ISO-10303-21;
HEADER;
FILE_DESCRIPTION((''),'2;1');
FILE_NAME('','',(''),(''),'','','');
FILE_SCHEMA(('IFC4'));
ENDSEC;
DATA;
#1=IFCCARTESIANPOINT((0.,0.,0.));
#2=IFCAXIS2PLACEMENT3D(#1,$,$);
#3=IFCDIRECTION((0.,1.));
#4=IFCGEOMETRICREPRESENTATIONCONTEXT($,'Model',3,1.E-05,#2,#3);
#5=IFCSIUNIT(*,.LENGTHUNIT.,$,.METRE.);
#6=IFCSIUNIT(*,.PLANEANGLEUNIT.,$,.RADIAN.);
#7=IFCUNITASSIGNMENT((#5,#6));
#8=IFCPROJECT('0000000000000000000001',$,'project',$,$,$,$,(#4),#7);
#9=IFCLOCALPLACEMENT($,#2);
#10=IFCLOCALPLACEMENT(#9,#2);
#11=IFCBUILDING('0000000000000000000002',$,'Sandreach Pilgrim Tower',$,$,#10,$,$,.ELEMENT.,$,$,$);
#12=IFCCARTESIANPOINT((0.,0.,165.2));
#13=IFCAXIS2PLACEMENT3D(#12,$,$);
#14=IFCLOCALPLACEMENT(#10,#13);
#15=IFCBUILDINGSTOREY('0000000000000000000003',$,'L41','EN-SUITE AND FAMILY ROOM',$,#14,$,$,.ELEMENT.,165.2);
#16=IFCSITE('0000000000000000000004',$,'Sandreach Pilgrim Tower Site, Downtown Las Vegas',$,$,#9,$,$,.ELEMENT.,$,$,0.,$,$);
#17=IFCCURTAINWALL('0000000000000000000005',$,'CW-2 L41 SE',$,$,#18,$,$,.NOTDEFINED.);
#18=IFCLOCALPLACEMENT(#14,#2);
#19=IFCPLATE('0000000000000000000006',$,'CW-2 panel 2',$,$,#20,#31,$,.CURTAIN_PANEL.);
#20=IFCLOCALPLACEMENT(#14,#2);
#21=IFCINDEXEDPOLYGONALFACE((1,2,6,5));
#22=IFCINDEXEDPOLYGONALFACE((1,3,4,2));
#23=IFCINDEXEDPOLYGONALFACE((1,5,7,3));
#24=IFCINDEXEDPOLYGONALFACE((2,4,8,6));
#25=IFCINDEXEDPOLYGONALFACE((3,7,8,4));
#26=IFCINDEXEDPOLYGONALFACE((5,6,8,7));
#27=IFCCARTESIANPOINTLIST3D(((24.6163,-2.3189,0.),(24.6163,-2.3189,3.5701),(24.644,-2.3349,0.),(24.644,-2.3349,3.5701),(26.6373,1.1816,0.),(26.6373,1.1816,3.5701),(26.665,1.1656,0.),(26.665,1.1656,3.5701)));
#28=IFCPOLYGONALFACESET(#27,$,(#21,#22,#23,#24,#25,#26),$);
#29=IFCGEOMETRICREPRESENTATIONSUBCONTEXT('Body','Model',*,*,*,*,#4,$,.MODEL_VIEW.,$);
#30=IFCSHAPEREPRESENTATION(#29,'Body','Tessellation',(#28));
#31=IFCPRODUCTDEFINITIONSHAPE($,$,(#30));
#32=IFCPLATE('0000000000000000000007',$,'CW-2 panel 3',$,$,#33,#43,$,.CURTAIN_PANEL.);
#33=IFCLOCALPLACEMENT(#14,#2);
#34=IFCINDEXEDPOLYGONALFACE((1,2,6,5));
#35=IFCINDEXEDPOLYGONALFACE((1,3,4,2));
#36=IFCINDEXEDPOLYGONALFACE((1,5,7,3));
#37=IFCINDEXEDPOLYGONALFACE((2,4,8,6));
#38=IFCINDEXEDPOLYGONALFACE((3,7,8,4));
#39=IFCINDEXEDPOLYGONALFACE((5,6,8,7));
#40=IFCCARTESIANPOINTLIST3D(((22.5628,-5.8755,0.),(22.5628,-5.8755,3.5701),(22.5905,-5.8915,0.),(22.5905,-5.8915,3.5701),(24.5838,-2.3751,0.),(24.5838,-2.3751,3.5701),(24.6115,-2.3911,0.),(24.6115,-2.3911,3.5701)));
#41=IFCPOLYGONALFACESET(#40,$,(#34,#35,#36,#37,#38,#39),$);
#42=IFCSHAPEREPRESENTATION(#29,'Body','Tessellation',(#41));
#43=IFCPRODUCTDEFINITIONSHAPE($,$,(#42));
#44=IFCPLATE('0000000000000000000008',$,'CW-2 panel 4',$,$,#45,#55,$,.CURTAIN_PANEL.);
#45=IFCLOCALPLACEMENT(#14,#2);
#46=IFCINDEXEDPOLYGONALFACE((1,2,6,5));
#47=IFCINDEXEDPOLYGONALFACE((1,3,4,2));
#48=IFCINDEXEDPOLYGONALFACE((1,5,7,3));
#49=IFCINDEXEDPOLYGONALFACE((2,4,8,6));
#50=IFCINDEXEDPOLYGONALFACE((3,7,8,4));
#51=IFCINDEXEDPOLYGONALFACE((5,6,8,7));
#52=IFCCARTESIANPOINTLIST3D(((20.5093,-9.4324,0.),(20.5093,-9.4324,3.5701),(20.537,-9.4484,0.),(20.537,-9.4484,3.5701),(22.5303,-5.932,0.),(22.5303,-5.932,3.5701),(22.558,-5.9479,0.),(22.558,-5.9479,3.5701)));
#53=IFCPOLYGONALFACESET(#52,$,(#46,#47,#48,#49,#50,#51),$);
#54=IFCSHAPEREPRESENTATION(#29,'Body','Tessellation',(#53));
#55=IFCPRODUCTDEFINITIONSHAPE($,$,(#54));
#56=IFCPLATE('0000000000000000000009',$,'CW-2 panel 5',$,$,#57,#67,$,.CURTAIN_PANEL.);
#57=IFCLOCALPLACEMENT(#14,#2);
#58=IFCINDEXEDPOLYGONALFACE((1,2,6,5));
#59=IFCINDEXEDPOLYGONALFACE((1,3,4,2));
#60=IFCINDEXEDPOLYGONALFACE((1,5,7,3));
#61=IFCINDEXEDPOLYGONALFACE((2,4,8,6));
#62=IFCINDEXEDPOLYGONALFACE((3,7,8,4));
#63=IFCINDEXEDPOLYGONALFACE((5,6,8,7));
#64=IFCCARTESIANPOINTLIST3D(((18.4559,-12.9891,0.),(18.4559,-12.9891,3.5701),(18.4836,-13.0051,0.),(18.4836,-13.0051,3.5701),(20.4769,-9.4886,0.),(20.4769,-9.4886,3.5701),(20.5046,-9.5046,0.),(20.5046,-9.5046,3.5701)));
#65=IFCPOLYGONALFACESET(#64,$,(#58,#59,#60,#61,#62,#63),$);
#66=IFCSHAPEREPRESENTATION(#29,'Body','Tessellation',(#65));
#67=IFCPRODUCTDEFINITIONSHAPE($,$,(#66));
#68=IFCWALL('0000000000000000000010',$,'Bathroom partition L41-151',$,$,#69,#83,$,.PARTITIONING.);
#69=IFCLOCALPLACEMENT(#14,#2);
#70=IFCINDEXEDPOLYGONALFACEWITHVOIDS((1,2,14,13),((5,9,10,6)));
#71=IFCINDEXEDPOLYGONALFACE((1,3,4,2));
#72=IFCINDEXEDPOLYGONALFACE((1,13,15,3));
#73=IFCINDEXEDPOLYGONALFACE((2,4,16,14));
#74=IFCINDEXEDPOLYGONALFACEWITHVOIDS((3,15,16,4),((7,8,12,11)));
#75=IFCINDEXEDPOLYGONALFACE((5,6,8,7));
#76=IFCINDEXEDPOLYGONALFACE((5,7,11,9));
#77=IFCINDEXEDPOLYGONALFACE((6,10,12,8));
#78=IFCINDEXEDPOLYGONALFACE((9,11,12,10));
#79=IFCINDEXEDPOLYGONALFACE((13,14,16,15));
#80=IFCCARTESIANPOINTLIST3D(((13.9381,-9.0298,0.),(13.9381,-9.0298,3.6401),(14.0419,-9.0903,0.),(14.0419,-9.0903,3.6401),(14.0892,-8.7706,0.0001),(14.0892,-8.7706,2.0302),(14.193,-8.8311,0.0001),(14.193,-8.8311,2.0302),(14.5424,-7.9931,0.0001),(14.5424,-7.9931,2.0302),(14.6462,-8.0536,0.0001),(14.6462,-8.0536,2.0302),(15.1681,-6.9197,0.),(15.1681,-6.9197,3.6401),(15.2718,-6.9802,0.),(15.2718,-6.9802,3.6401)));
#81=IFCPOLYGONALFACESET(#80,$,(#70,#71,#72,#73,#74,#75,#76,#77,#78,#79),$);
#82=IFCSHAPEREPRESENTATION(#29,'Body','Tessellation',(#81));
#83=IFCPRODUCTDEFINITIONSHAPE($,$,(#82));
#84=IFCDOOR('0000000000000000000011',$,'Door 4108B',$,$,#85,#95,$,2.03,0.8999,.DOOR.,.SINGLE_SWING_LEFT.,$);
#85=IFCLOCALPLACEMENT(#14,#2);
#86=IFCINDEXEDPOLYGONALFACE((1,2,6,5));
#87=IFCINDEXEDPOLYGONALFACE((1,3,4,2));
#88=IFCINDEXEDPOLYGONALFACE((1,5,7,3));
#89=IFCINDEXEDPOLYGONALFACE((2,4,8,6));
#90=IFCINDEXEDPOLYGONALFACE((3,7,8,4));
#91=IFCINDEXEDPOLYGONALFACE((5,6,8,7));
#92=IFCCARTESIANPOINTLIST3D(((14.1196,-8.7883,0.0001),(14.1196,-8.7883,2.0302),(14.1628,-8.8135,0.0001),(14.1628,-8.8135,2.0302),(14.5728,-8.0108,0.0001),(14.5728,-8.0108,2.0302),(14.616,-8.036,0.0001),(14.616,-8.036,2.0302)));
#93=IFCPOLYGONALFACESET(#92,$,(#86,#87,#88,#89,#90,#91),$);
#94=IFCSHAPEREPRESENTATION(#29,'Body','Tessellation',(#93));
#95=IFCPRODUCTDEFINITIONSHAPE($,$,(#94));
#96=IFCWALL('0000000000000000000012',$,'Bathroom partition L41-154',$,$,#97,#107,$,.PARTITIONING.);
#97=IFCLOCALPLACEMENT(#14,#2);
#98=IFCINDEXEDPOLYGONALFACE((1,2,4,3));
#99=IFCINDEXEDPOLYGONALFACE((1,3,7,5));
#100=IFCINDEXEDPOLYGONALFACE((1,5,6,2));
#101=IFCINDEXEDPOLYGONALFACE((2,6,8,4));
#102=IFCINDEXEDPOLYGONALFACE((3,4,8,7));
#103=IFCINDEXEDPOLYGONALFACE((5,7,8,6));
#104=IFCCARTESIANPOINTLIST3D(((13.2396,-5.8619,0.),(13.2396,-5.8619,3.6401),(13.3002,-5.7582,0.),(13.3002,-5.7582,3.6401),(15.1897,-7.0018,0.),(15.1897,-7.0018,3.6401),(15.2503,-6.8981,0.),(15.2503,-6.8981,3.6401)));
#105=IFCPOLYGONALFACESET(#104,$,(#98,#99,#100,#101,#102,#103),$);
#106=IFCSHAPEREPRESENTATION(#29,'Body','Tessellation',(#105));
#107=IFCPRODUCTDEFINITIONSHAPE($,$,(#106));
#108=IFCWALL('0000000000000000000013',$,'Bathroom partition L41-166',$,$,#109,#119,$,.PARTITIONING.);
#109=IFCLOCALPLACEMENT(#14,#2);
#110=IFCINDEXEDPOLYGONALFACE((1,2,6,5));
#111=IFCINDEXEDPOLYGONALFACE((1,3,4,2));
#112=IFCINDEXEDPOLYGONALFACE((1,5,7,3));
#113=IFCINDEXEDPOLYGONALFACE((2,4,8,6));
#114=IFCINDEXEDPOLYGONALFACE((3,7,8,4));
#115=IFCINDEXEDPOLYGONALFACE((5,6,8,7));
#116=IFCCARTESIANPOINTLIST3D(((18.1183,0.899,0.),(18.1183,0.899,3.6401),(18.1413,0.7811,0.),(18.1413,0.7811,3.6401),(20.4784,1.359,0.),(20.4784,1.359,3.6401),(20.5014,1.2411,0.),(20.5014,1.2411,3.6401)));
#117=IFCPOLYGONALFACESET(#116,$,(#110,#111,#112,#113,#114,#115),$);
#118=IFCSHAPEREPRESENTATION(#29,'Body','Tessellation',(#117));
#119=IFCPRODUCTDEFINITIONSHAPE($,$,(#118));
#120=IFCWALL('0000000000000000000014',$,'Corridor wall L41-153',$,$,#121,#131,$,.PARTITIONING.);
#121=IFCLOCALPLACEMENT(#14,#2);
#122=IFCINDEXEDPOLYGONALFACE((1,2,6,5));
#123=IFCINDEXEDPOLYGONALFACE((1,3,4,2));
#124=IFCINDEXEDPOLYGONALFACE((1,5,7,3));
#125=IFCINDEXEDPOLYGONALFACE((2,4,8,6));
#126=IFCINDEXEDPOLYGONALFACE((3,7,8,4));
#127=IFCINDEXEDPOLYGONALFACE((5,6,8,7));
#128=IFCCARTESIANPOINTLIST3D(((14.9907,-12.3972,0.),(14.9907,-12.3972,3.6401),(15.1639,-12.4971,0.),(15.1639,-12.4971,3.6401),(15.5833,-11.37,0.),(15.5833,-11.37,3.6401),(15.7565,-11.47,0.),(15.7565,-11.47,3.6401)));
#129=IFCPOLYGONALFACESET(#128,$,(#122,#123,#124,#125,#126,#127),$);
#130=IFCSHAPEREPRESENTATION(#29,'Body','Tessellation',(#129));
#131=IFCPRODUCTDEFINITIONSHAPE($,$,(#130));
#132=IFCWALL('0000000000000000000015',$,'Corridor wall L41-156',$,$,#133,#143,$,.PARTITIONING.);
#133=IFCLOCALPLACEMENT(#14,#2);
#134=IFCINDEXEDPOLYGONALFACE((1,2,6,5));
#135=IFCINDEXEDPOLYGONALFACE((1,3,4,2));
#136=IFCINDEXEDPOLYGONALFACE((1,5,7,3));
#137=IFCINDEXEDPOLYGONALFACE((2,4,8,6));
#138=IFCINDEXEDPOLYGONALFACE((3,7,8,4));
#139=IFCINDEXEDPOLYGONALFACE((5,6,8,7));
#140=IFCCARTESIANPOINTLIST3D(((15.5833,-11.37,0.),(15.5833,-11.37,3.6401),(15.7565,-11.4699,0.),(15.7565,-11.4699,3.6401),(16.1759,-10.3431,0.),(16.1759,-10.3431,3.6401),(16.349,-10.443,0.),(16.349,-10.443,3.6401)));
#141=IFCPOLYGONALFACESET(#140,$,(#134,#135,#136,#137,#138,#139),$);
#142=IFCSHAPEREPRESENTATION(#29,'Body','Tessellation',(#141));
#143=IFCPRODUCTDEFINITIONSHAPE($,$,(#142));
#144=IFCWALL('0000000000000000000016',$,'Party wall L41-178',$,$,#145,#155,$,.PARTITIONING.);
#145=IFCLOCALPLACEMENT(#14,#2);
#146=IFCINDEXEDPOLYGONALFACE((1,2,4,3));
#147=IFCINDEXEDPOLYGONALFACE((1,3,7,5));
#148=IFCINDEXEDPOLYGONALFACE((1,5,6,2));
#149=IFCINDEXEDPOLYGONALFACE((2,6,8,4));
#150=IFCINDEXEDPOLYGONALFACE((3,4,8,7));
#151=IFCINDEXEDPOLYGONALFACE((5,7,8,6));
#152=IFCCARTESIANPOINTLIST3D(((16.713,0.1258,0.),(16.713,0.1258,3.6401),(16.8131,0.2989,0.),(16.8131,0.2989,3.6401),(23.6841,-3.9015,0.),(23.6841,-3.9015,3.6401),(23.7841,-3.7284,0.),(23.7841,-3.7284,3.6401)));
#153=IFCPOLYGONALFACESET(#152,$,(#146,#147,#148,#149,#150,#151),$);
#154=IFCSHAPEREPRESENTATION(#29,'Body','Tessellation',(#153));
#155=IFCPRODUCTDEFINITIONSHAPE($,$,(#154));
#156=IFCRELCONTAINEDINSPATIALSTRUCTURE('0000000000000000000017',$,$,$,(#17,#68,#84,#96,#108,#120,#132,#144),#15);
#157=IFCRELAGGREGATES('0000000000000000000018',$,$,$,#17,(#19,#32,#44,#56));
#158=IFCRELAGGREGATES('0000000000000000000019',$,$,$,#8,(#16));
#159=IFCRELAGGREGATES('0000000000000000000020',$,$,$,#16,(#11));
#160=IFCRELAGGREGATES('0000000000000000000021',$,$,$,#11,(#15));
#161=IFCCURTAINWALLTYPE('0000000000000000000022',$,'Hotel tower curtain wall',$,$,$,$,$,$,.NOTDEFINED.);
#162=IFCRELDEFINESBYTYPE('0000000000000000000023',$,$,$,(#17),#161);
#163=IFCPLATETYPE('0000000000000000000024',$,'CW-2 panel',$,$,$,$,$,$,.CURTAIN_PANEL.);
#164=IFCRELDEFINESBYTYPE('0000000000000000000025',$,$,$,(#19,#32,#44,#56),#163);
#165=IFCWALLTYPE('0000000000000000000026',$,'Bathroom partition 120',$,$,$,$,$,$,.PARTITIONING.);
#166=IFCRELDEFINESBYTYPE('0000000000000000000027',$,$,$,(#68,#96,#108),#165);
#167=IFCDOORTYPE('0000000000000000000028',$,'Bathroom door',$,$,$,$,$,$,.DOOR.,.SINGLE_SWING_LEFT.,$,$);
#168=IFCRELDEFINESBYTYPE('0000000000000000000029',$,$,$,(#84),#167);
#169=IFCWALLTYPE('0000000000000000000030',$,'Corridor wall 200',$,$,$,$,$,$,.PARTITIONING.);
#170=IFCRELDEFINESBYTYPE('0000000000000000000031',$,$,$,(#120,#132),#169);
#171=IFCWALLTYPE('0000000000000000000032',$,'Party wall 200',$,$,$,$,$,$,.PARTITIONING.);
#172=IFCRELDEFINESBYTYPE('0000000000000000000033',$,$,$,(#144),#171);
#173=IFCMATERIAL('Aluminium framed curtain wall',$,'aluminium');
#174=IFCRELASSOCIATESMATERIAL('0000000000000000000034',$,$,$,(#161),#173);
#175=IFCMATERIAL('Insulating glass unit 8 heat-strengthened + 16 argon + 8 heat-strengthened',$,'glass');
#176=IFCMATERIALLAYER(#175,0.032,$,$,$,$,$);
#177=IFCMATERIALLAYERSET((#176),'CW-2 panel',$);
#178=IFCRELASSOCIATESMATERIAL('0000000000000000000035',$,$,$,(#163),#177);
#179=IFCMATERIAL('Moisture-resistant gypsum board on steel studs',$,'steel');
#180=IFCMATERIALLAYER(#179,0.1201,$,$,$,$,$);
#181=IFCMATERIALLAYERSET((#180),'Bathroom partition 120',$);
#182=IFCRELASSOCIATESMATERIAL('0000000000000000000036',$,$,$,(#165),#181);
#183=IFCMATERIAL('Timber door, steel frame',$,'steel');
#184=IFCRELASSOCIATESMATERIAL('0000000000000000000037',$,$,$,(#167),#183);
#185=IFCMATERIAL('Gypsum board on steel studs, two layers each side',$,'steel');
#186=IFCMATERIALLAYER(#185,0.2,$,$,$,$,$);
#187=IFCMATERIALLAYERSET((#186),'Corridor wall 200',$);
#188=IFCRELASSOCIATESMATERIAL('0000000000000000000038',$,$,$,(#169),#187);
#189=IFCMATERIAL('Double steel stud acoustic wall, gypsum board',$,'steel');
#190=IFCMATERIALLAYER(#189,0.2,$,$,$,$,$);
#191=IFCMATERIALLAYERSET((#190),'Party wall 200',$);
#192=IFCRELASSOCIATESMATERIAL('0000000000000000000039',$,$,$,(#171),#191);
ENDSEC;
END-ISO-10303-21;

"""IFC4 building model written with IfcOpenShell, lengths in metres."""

from ifc_helpers import new_model, si_unit, direction, frame, frame_2d, origin, origin_2d, place, context, subcontext, project, spatial, rectangle, extrude, material, layer, layer_set, type_object, element, fill, aggregate, save


model = new_model("IFC4")

# Units and contexts
model_context = context("Model", 3, precision=1e-05, world=origin(), true_north=direction((0.0, 1.0)))
body_context = subcontext(model_context, "Body", "Model", "MODEL_VIEW")
ifc_project = project(units=[si_unit("LENGTHUNIT", "METRE"), si_unit("PLANEANGLEUNIT", "RADIAN")], contexts=[model_context])

# Site, building, storey
site_placement = place(None, origin())
site = spatial("IfcSite", under=ifc_project, at=site_placement, Name="Sandreach Pilgrim Tower Site, Downtown Las Vegas", CompositionType="ELEMENT", RefElevation=0.0)
building_placement = place(site_placement, origin())
building = spatial("IfcBuilding", under=site, at=building_placement, Name="Sandreach Pilgrim Tower", CompositionType="ELEMENT")
storey_placement = place(building_placement, frame((0.0, 0.0, 165.2)))
storey = spatial("IfcBuildingStorey", under=building, at=storey_placement, Name="L41", Description="EN-SUITE AND FAMILY ROOM", CompositionType="ELEMENT", Elevation=165.2)

# Curtain wall
ifc_material_1 = material(Name="Aluminium framed curtain wall", Category="aluminium")
curtain_wall_type = type_object("IfcCurtainWallType", Name="Hotel tower curtain wall", PredefinedType="NOTDEFINED", material=ifc_material_1)
curtain_wall_placement = place(storey_placement, origin())
curtain_wall = element("IfcCurtainWall", 1, at=curtain_wall_placement, inside=storey, type_object=curtain_wall_type, Name="CW-2 L41 SE", PredefinedType="NOTDEFINED")

# Plates
ifc_material_2 = material(Name="Insulating glass unit 8 heat-strengthened + 16 argon + 8 heat-strengthened", Category="glass")
ifc_layer_1 = layer(ifc_material_2, 0.032)
ifc_layer_set_1 = layer_set([ifc_layer_1], Name="CW-2 panel")
plate_type = type_object("IfcPlateType", Name="CW-2 panel", PredefinedType="CURTAIN_PANEL", material=ifc_layer_set_1)
plate_1_placement = place(storey_placement, frame((25.6406, -0.5767, 0.0), z_axis=(0.0, 0.0, 1.0), x_axis=(-0.5, -0.866025, 0.0)))
plate_1 = element("IfcPlate", 2, at=plate_1_placement, type_object=plate_type, Name="CW-2 panel 2", PredefinedType="CURTAIN_PANEL", context=body_context, shape_type="SweptSolid", body=[
    extrude(rectangle(XDim=4.042, YDim=0.032, at=origin_2d()), origin(), (0.0, 0.0, 1.0), 3.5701),
])
plate_2_placement = place(storey_placement, frame((23.5872, -4.1333, 0.0), z_axis=(0.0, 0.0, 1.0), x_axis=(-0.5, -0.866025, 0.0)))
plate_2 = element("IfcPlate", 3, at=plate_2_placement, type_object=plate_type, Name="CW-2 panel 3", PredefinedType="CURTAIN_PANEL", context=body_context, shape_type="SweptSolid", body=[
    extrude(rectangle(XDim=4.042, YDim=0.032, at=origin_2d()), origin(), (0.0, 0.0, 1.0), 3.5701),
])
plate_3_placement = place(storey_placement, frame((21.5337, -7.6902, 0.0), z_axis=(0.0, 0.0, 1.0), x_axis=(-0.5, -0.866025, 0.0)))
plate_3 = element("IfcPlate", 4, at=plate_3_placement, type_object=plate_type, Name="CW-2 panel 4", PredefinedType="CURTAIN_PANEL", context=body_context, shape_type="SweptSolid", body=[
    extrude(rectangle(XDim=4.042, YDim=0.032, at=origin_2d()), origin(), (0.0, 0.0, 1.0), 3.5701),
])
plate_4_placement = place(storey_placement, frame((19.4802, -11.2468, 0.0), z_axis=(0.0, 0.0, 1.0), x_axis=(-0.5, -0.866025, 0.0)))
plate_4 = element("IfcPlate", 5, at=plate_4_placement, type_object=plate_type, Name="CW-2 panel 5", PredefinedType="CURTAIN_PANEL", context=body_context, shape_type="SweptSolid", body=[
    extrude(rectangle(XDim=4.042, YDim=0.032, at=origin_2d()), origin(), (0.0, 0.0, 1.0), 3.5701),
])
aggregate(curtain_wall, [plate_1, plate_2, plate_3, plate_4])

# Wall, opening, door
ifc_material_3 = material(Name="Moisture-resistant gypsum board on steel studs", Category="steel")
ifc_layer_2 = layer(ifc_material_3, 0.1201)
ifc_layer_set_2 = layer_set([ifc_layer_2], Name="Bathroom partition 120")
wall_type_1 = type_object("IfcWallType", Name="Bathroom partition 120", PredefinedType="PARTITIONING", material=ifc_layer_set_2)
wall_1_placement = place(storey_placement, frame((13.99, -9.0601, 0.0), z_axis=(0.0, 0.0, 1.0), x_axis=(0.503591, 0.863942, 0.0)))
wall_1 = element("IfcWall", 6, at=wall_1_placement, inside=storey, type_object=wall_type_1, Name="Bathroom partition L41-151", PredefinedType="PARTITIONING", context=body_context, shape_type="SweptSolid", body=[
    extrude(rectangle(XDim=2.4424, YDim=0.1201, at=frame_2d((1.2212, 0.0))), origin(), (0.0, 0.0, 1.0), 3.6401),
])
opening_1_placement = place(wall_1_placement, frame((0.3, 0.0, 0.0)))
opening_1 = element("IfcOpeningElement", 7, at=opening_1_placement, cuts=wall_1, PredefinedType="OPENING", context=body_context, shape_type="SweptSolid", body=[
    extrude(rectangle(XDim=0.8999, YDim=2.03, at=frame_2d((0.45, 1.0151))), frame((0.0, 0.0601, 0.0), z_axis=(0.0, -1.0, 0.0), x_axis=(1.0, 0.0, 0.0)), (0.0, 0.0, 1.0), 0.1201),
])
ifc_material_4 = material(Name="Timber door, steel frame", Category="steel")
door_type_1 = type_object("IfcDoorType", Name="Bathroom door", OperationType="SINGLE_SWING_LEFT", PredefinedType="DOOR", material=ifc_material_4)
door_1_placement = place(opening_1_placement, origin())
door_1 = element("IfcDoor", 8, at=door_1_placement, inside=storey, type_object=door_type_1, Name="Door 4108B", OperationType="SINGLE_SWING_LEFT", OverallHeight=2.03, OverallWidth=0.8999, PredefinedType="DOOR", context=body_context, shape_type="SweptSolid", body=[
    extrude(rectangle(XDim=0.8999, YDim=2.03, at=frame_2d((0.45, 1.0151))), frame((0.0, 0.0249, 0.0), z_axis=(0.0, -1.0, 0.0), x_axis=(1.0, 0.0, 0.0)), (0.0, 0.0, 1.0), 0.05),
])
fill(opening_1, door_1)

# Walls
wall_2_placement = place(storey_placement, frame((15.22, -6.95, 0.0), z_axis=(0.0, 0.0, 1.0), x_axis=(-0.863312, 0.504671, 0.0)))
element("IfcWall", 9, at=wall_2_placement, inside=storey, type_object=wall_type_1, Name="Bathroom partition L41-154", PredefinedType="PARTITIONING", context=body_context, shape_type="SweptSolid", body=[
    extrude(rectangle(XDim=2.2588, YDim=0.1201, at=frame_2d((1.1294, 0.0))), origin(), (0.0, 0.0, 1.0), 3.6401),
])
wall_3_placement = place(storey_placement, frame((18.1299, 0.8401, 0.0), z_axis=(0.0, 0.0, 1.0), x_axis=(0.981533, 0.191291, 0.0)))
element("IfcWall", 10, at=wall_3_placement, inside=storey, type_object=wall_type_1, Name="Bathroom partition L41-166", PredefinedType="PARTITIONING", context=body_context, shape_type="SweptSolid", body=[
    extrude(rectangle(XDim=2.4045, YDim=0.1201, at=frame_2d((1.2021, 0.0))), origin(), (0.0, 0.0, 1.0), 3.6401),
])
ifc_material_5 = material(Name="Gypsum board on steel studs, two layers each side", Category="steel")
ifc_layer_3 = layer(ifc_material_5, 0.2)
ifc_layer_set_3 = layer_set([ifc_layer_3], Name="Corridor wall 200")
wall_type_2 = type_object("IfcWallType", Name="Corridor wall 200", PredefinedType="PARTITIONING", material=ifc_layer_set_3)
wall_4_placement = place(storey_placement, frame((15.0774, -12.447, 0.0), z_axis=(0.0, 0.0, 1.0), x_axis=(0.499705, 0.866196, 0.0)))
element("IfcWall", 11, at=wall_4_placement, inside=storey, type_object=wall_type_2, Name="Corridor wall L41-153", PredefinedType="PARTITIONING", context=body_context, shape_type="SweptSolid", body=[
    extrude(rectangle(XDim=1.1858, YDim=0.2, at=frame_2d((0.5928, 0.0))), origin(), (0.0, 0.0, 1.0), 3.6401),
])
wall_5_placement = place(storey_placement, frame((15.6699, -11.4199, 0.0), z_axis=(0.0, 0.0, 1.0), x_axis=(0.499794, 0.866144, 0.0)))
element("IfcWall", 12, at=wall_5_placement, inside=storey, type_object=wall_type_2, Name="Corridor wall L41-156", PredefinedType="PARTITIONING", context=body_context, shape_type="SweptSolid", body=[
    extrude(rectangle(XDim=1.1855, YDim=0.2, at=frame_2d((0.5928, 0.0))), origin(), (0.0, 0.0, 1.0), 3.6401),
])

# Wall
ifc_material_6 = material(Name="Double steel stud acoustic wall, gypsum board", Category="steel")
ifc_layer_4 = layer(ifc_material_6, 0.2)
ifc_layer_set_4 = layer_set([ifc_layer_4], Name="Party wall 200")
wall_type_3 = type_object("IfcWallType", Name="Party wall 200", PredefinedType="PARTITIONING", material=ifc_layer_set_4)
wall_6_placement = place(storey_placement, frame((23.7341, -3.8149, 0.0), z_axis=(0.0, 0.0, 1.0), x_axis=(-0.86589, 0.500235, 0.0)))
element("IfcWall", 13, at=wall_6_placement, inside=storey, type_object=wall_type_3, Name="Party wall L41-178", PredefinedType="PARTITIONING", context=body_context, shape_type="SweptSolid", body=[
    extrude(rectangle(XDim=8.0508, YDim=0.2, at=frame_2d((4.0254, 0.0))), origin(), (0.0, 0.0, 1.0), 3.6401),
])

save(model, "model.ifc")
